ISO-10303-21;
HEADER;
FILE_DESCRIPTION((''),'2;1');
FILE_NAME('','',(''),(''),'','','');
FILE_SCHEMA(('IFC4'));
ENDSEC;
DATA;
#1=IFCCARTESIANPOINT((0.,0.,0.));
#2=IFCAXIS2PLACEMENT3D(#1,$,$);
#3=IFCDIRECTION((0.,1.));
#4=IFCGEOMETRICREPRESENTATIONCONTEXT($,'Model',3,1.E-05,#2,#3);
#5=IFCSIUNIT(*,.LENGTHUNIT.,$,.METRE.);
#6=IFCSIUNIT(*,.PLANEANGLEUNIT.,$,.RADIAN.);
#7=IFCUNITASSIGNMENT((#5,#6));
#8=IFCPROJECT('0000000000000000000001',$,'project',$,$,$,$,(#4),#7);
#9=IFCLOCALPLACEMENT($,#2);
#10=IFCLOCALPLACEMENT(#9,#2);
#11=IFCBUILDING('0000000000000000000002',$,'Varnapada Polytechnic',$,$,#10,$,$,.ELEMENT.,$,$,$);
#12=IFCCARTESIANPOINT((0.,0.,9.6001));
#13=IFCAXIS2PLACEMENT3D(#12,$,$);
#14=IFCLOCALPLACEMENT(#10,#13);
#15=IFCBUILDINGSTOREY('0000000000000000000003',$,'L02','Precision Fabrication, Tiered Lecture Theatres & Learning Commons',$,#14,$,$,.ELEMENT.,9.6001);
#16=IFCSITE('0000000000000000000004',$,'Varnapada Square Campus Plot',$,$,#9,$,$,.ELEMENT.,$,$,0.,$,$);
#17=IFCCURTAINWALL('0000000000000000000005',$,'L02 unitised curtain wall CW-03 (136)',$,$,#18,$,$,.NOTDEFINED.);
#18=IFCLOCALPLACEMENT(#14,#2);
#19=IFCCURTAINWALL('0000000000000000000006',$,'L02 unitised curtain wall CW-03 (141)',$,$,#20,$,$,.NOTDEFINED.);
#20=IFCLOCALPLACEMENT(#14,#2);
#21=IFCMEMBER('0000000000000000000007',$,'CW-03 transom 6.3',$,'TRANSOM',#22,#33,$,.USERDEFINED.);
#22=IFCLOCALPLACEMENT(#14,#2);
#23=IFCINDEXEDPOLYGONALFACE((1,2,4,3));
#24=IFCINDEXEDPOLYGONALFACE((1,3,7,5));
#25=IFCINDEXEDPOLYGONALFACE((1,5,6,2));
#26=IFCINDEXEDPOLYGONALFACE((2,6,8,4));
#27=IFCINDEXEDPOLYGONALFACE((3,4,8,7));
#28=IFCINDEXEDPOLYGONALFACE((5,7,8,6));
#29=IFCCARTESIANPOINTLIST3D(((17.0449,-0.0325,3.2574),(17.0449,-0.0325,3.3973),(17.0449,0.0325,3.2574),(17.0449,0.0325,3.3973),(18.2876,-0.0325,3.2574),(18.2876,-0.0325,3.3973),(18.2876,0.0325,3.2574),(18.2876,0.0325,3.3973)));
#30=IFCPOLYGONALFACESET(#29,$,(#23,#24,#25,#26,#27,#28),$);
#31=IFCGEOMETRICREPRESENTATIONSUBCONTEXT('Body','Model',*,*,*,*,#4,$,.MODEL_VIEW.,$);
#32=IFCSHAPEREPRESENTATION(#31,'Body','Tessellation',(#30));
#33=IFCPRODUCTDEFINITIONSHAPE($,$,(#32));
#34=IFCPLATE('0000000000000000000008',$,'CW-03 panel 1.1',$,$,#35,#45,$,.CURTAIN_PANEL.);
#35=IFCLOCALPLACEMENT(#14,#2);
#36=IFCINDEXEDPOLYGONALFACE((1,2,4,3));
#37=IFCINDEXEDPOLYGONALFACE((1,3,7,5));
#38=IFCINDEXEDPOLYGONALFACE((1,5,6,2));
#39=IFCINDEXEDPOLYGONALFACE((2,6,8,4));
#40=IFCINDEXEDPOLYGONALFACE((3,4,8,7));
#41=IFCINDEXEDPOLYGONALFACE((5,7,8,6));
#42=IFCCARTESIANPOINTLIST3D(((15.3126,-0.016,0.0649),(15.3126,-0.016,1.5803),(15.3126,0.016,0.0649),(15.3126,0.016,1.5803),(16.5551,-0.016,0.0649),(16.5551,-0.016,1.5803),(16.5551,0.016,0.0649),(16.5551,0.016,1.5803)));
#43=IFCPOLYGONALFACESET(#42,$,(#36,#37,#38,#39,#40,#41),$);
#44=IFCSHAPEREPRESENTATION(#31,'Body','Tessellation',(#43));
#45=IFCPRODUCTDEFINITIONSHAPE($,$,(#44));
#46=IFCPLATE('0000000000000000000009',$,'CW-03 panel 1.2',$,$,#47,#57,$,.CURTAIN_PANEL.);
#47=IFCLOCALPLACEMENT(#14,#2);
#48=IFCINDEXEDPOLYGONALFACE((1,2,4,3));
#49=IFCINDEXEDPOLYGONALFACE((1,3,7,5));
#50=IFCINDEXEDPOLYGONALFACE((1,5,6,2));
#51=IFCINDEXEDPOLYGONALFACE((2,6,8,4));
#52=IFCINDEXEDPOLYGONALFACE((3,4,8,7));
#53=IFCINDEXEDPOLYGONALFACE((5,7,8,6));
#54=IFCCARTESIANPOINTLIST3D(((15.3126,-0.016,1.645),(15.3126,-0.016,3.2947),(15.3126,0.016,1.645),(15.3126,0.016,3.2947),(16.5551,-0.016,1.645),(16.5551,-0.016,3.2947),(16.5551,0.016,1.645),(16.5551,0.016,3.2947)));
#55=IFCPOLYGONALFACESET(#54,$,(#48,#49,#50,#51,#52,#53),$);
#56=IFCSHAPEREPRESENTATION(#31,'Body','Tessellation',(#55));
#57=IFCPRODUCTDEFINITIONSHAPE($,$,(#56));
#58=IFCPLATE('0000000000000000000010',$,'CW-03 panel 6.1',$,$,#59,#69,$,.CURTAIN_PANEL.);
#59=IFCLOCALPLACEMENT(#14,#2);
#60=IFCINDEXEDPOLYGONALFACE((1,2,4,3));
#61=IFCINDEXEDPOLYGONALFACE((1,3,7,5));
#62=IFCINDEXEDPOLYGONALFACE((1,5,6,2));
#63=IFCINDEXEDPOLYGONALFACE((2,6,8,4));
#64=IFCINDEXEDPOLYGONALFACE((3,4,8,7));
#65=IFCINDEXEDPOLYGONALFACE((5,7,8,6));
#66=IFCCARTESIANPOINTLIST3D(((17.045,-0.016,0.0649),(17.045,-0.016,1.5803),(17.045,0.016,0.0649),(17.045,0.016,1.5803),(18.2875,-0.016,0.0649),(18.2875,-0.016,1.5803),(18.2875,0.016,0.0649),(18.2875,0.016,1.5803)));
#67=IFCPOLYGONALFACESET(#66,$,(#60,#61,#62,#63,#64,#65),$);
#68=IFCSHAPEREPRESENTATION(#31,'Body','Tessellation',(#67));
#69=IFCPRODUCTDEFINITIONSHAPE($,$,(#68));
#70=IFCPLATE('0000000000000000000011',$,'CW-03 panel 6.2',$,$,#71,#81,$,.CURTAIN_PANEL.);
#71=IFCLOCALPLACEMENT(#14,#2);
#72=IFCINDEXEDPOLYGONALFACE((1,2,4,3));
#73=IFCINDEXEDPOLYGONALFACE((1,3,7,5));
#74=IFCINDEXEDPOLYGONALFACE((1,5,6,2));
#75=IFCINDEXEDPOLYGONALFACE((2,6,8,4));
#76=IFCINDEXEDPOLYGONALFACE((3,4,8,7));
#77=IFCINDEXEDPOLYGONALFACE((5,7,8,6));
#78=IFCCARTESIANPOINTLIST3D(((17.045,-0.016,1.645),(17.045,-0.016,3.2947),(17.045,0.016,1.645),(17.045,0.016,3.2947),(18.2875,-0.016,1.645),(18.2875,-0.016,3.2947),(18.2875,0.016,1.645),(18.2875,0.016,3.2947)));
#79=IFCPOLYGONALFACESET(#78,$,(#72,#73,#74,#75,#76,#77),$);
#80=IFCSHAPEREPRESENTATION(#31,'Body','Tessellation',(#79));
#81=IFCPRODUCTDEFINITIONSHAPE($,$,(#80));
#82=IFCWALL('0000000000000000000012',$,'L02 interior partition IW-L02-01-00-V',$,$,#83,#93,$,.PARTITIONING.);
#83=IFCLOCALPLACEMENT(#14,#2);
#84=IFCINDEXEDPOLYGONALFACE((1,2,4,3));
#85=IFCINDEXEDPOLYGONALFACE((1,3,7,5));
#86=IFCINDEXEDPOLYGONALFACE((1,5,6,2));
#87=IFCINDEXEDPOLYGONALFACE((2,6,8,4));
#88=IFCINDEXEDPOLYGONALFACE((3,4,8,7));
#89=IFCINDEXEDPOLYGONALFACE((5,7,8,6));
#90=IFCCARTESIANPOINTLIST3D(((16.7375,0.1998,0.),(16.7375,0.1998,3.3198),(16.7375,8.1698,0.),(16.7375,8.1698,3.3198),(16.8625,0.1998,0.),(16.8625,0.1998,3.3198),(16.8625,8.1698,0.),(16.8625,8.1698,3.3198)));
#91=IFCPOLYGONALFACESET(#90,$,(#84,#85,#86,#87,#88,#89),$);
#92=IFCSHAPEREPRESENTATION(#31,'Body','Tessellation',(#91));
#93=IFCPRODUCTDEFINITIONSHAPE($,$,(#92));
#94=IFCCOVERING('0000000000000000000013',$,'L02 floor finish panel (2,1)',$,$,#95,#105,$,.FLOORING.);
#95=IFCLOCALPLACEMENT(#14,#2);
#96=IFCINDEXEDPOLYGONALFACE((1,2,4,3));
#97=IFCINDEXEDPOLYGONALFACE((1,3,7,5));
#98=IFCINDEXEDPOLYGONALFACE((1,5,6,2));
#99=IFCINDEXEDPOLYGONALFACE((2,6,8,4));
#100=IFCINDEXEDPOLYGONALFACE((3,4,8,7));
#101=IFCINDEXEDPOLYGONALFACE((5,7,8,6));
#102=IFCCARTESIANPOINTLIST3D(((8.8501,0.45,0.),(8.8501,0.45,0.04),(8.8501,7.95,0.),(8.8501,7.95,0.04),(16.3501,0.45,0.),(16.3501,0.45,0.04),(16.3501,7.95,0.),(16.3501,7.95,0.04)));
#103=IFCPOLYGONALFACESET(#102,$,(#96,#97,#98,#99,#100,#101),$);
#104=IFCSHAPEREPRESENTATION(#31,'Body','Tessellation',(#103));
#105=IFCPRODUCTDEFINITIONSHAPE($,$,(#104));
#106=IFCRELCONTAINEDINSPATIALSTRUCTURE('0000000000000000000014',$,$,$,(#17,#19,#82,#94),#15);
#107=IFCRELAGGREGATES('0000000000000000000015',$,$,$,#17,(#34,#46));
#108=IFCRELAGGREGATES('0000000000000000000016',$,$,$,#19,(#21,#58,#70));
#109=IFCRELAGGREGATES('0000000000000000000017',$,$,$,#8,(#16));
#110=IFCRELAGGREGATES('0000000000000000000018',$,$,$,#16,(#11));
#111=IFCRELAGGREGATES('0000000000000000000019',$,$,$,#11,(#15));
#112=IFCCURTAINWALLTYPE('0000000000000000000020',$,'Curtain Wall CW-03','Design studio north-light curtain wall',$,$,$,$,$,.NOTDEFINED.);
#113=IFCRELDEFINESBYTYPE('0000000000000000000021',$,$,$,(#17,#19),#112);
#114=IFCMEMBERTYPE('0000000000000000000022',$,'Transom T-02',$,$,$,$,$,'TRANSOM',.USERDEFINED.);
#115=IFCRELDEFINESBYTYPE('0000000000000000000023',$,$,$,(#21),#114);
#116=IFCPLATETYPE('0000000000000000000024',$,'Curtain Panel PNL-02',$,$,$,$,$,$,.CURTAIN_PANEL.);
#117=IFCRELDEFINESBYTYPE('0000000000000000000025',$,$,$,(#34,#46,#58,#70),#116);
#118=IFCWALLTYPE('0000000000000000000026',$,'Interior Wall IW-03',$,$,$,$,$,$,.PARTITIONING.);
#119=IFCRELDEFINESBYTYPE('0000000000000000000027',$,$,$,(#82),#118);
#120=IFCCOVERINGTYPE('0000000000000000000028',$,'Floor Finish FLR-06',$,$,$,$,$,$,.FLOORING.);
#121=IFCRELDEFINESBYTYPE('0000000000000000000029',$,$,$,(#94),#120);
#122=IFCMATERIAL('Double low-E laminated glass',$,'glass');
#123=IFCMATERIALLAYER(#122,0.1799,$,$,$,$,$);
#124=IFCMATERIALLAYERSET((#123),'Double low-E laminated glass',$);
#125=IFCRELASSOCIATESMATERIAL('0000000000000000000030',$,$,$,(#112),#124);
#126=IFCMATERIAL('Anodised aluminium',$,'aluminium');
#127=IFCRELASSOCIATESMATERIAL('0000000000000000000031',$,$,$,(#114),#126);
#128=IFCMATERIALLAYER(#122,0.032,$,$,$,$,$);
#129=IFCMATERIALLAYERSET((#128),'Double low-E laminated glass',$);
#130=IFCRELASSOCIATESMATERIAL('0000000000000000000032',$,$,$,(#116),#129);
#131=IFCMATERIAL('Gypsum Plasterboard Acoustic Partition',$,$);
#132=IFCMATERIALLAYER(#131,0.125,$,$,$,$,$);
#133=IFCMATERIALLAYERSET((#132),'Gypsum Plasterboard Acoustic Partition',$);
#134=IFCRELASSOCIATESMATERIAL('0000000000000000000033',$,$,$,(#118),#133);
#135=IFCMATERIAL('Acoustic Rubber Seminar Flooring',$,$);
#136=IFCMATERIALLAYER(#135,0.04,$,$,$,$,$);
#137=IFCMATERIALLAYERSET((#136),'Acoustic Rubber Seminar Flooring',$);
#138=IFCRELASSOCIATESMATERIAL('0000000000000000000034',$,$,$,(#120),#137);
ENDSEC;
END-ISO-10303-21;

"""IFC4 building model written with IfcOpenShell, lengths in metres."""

from ifc_helpers import new_model, si_unit, direction, frame, frame_2d, origin, origin_2d, place, context, subcontext, project, spatial, rectangle, extrude, material, layer, layer_set, material_profile, profile_set, type_object, element, aggregate, save


model = new_model("IFC4")

# Units and contexts
model_context = context("Model", 3, precision=1e-05, world=origin(), true_north=direction((0.0, 1.0)))
body_context = subcontext(model_context, "Body", "Model", "MODEL_VIEW")
ifc_project = project(units=[si_unit("LENGTHUNIT", "METRE"), si_unit("PLANEANGLEUNIT", "RADIAN")], contexts=[model_context])

# Site, building, storey
site_placement = place(None, origin())
site = spatial("IfcSite", under=ifc_project, at=site_placement, Name="Varnapada Square Campus Plot", CompositionType="ELEMENT", RefElevation=0.0)
building_placement = place(site_placement, origin())
building = spatial("IfcBuilding", under=site, at=building_placement, Name="Varnapada Polytechnic", CompositionType="ELEMENT")
storey_placement = place(building_placement, frame((0.0, 0.0, 9.6001)))
storey = spatial("IfcBuildingStorey", under=building, at=storey_placement, Name="L02", Description="Precision Fabrication, Tiered Lecture Theatres & Learning Commons", CompositionType="ELEMENT", Elevation=9.6001)

# Curtain walls
ifc_material_1 = material(Name="Double low-E laminated glass", Category="glass")
ifc_layer_1 = layer(ifc_material_1, 0.1799)
ifc_layer_set_1 = layer_set([ifc_layer_1], Name="Double low-E laminated glass")
curtain_wall_type = type_object("IfcCurtainWallType", Name="Curtain Wall CW-03", Description="Design studio north-light curtain wall", PredefinedType="NOTDEFINED", material=ifc_layer_set_1)
curtain_wall_1_placement = place(storey_placement, origin())
curtain_wall_1 = element("IfcCurtainWall", 1, at=curtain_wall_1_placement, inside=storey, type_object=curtain_wall_type, Name="L02 unitised curtain wall CW-03 (136)", PredefinedType="NOTDEFINED")
ifc_material_2 = material(Name="Anodised aluminium", Category="aluminium")
curtain_wall_2_placement = place(storey_placement, origin())
curtain_wall_2 = element("IfcCurtainWall", 2, at=curtain_wall_2_placement, inside=storey, type_object=curtain_wall_type, Name="L02 unitised curtain wall CW-03 (141)", PredefinedType="NOTDEFINED")

# Member
ifc_material_profile_1 = material_profile(ifc_material_2, rectangle(XDim=0.0649, YDim=0.1399, at=origin_2d()), Name="ALU T65x140")
ifc_profile_set_1 = profile_set([ifc_material_profile_1], Name="Anodised aluminium")
member_type_1 = type_object("IfcMemberType", Name="Transom T-02", ElementType="TRANSOM", PredefinedType="USERDEFINED", material=ifc_profile_set_1)
member_1_placement = place(storey_placement, frame((18.2876, 0.0, 3.3274), z_axis=(-1.0, 0.0, 0.0), x_axis=(0.0, -1.0, 0.0)))
member_1 = element("IfcMember", 3, at=member_1_placement, type_object=member_type_1, Name="CW-03 transom 6.3", ObjectType="TRANSOM", PredefinedType="USERDEFINED", context=body_context, shape_type="SweptSolid", body=[
    extrude(rectangle(XDim=0.0649, YDim=0.1399, at=origin_2d()), origin(), (0.0, 0.0, 1.0), 1.2427),
])

# Plates
ifc_layer_2 = layer(ifc_material_1, 0.032)
ifc_layer_set_2 = layer_set([ifc_layer_2], Name="Double low-E laminated glass")
plate_type = type_object("IfcPlateType", Name="Curtain Panel PNL-02", PredefinedType="CURTAIN_PANEL", material=ifc_layer_set_2)
plate_1_placement = place(storey_placement, frame((15.9338, 0.0, 0.0649), z_axis=(0.0, 0.0, 1.0), x_axis=(-1.0, 0.0, 0.0)))
plate_1 = element("IfcPlate", 4, at=plate_1_placement, type_object=plate_type, Name="CW-03 panel 1.1", PredefinedType="CURTAIN_PANEL", context=body_context, shape_type="SweptSolid", body=[
    extrude(rectangle(XDim=1.2424, YDim=0.032, at=origin_2d()), origin(), (0.0, 0.0, 1.0), 1.5154),
])
plate_2_placement = place(storey_placement, frame((15.9338, 0.0, 1.645), z_axis=(0.0, 0.0, 1.0), x_axis=(-1.0, 0.0, 0.0)))
plate_2 = element("IfcPlate", 5, at=plate_2_placement, type_object=plate_type, Name="CW-03 panel 1.2", PredefinedType="CURTAIN_PANEL", context=body_context, shape_type="SweptSolid", body=[
    extrude(rectangle(XDim=1.2424, YDim=0.032, at=origin_2d()), origin(), (0.0, 0.0, 1.0), 1.6497),
])
aggregate(curtain_wall_1, [plate_1, plate_2])
plate_3_placement = place(storey_placement, frame((17.6663, 0.0, 0.0649), z_axis=(0.0, 0.0, 1.0), x_axis=(-1.0, 0.0, 0.0)))
plate_3 = element("IfcPlate", 6, at=plate_3_placement, type_object=plate_type, Name="CW-03 panel 6.1", PredefinedType="CURTAIN_PANEL", context=body_context, shape_type="SweptSolid", body=[
    extrude(rectangle(XDim=1.2424, YDim=0.032, at=origin_2d()), origin(), (0.0, 0.0, 1.0), 1.5154),
])
plate_4_placement = place(storey_placement, frame((17.6663, 0.0, 1.645), z_axis=(0.0, 0.0, 1.0), x_axis=(-1.0, 0.0, 0.0)))
plate_4 = element("IfcPlate", 7, at=plate_4_placement, type_object=plate_type, Name="CW-03 panel 6.2", PredefinedType="CURTAIN_PANEL", context=body_context, shape_type="SweptSolid", body=[
    extrude(rectangle(XDim=1.2424, YDim=0.032, at=origin_2d()), origin(), (0.0, 0.0, 1.0), 1.6497),
])
aggregate(curtain_wall_2, [member_1, plate_3, plate_4])

# Wall
ifc_material_3 = material(Name="Gypsum Plasterboard Acoustic Partition")
ifc_layer_3 = layer(ifc_material_3, 0.125)
ifc_layer_set_3 = layer_set([ifc_layer_3], Name="Gypsum Plasterboard Acoustic Partition")
wall_type = type_object("IfcWallType", Name="Interior Wall IW-03", PredefinedType="PARTITIONING", material=ifc_layer_set_3)
wall_placement = place(storey_placement, frame((16.8, 0.2, 0.0), z_axis=(0.0, 0.0, 1.0), x_axis=(0.0, 1.0, 0.0)))
element("IfcWall", 8, at=wall_placement, inside=storey, type_object=wall_type, Name="L02 interior partition IW-L02-01-00-V", PredefinedType="PARTITIONING", context=body_context, shape_type="SweptSolid", body=[
    extrude(rectangle(XDim=7.97, YDim=0.125, at=frame_2d((3.9849, 0.0))), origin(), (0.0, 0.0, 1.0), 3.3198),
])

# Covering
ifc_material_4 = material(Name="Acoustic Rubber Seminar Flooring")
ifc_layer_4 = layer(ifc_material_4, 0.04)
ifc_layer_set_4 = layer_set([ifc_layer_4], Name="Acoustic Rubber Seminar Flooring")
covering_type = type_object("IfcCoveringType", Name="Floor Finish FLR-06", PredefinedType="FLOORING", material=ifc_layer_set_4)
covering_placement = place(storey_placement, frame((12.6001, 4.2, 0.0), z_axis=(0.0, 0.0, 1.0), x_axis=(1.0, 0.0, 0.0)))
element("IfcCovering", 9, at=covering_placement, inside=storey, type_object=covering_type, Name="L02 floor finish panel (2,1)", PredefinedType="FLOORING", context=body_context, shape_type="SweptSolid", body=[
    extrude(rectangle(XDim=7.5, YDim=7.5, at=origin_2d()), origin(), (0.0, 0.0, 1.0), 0.04),
])

save(model, "model.ifc")
